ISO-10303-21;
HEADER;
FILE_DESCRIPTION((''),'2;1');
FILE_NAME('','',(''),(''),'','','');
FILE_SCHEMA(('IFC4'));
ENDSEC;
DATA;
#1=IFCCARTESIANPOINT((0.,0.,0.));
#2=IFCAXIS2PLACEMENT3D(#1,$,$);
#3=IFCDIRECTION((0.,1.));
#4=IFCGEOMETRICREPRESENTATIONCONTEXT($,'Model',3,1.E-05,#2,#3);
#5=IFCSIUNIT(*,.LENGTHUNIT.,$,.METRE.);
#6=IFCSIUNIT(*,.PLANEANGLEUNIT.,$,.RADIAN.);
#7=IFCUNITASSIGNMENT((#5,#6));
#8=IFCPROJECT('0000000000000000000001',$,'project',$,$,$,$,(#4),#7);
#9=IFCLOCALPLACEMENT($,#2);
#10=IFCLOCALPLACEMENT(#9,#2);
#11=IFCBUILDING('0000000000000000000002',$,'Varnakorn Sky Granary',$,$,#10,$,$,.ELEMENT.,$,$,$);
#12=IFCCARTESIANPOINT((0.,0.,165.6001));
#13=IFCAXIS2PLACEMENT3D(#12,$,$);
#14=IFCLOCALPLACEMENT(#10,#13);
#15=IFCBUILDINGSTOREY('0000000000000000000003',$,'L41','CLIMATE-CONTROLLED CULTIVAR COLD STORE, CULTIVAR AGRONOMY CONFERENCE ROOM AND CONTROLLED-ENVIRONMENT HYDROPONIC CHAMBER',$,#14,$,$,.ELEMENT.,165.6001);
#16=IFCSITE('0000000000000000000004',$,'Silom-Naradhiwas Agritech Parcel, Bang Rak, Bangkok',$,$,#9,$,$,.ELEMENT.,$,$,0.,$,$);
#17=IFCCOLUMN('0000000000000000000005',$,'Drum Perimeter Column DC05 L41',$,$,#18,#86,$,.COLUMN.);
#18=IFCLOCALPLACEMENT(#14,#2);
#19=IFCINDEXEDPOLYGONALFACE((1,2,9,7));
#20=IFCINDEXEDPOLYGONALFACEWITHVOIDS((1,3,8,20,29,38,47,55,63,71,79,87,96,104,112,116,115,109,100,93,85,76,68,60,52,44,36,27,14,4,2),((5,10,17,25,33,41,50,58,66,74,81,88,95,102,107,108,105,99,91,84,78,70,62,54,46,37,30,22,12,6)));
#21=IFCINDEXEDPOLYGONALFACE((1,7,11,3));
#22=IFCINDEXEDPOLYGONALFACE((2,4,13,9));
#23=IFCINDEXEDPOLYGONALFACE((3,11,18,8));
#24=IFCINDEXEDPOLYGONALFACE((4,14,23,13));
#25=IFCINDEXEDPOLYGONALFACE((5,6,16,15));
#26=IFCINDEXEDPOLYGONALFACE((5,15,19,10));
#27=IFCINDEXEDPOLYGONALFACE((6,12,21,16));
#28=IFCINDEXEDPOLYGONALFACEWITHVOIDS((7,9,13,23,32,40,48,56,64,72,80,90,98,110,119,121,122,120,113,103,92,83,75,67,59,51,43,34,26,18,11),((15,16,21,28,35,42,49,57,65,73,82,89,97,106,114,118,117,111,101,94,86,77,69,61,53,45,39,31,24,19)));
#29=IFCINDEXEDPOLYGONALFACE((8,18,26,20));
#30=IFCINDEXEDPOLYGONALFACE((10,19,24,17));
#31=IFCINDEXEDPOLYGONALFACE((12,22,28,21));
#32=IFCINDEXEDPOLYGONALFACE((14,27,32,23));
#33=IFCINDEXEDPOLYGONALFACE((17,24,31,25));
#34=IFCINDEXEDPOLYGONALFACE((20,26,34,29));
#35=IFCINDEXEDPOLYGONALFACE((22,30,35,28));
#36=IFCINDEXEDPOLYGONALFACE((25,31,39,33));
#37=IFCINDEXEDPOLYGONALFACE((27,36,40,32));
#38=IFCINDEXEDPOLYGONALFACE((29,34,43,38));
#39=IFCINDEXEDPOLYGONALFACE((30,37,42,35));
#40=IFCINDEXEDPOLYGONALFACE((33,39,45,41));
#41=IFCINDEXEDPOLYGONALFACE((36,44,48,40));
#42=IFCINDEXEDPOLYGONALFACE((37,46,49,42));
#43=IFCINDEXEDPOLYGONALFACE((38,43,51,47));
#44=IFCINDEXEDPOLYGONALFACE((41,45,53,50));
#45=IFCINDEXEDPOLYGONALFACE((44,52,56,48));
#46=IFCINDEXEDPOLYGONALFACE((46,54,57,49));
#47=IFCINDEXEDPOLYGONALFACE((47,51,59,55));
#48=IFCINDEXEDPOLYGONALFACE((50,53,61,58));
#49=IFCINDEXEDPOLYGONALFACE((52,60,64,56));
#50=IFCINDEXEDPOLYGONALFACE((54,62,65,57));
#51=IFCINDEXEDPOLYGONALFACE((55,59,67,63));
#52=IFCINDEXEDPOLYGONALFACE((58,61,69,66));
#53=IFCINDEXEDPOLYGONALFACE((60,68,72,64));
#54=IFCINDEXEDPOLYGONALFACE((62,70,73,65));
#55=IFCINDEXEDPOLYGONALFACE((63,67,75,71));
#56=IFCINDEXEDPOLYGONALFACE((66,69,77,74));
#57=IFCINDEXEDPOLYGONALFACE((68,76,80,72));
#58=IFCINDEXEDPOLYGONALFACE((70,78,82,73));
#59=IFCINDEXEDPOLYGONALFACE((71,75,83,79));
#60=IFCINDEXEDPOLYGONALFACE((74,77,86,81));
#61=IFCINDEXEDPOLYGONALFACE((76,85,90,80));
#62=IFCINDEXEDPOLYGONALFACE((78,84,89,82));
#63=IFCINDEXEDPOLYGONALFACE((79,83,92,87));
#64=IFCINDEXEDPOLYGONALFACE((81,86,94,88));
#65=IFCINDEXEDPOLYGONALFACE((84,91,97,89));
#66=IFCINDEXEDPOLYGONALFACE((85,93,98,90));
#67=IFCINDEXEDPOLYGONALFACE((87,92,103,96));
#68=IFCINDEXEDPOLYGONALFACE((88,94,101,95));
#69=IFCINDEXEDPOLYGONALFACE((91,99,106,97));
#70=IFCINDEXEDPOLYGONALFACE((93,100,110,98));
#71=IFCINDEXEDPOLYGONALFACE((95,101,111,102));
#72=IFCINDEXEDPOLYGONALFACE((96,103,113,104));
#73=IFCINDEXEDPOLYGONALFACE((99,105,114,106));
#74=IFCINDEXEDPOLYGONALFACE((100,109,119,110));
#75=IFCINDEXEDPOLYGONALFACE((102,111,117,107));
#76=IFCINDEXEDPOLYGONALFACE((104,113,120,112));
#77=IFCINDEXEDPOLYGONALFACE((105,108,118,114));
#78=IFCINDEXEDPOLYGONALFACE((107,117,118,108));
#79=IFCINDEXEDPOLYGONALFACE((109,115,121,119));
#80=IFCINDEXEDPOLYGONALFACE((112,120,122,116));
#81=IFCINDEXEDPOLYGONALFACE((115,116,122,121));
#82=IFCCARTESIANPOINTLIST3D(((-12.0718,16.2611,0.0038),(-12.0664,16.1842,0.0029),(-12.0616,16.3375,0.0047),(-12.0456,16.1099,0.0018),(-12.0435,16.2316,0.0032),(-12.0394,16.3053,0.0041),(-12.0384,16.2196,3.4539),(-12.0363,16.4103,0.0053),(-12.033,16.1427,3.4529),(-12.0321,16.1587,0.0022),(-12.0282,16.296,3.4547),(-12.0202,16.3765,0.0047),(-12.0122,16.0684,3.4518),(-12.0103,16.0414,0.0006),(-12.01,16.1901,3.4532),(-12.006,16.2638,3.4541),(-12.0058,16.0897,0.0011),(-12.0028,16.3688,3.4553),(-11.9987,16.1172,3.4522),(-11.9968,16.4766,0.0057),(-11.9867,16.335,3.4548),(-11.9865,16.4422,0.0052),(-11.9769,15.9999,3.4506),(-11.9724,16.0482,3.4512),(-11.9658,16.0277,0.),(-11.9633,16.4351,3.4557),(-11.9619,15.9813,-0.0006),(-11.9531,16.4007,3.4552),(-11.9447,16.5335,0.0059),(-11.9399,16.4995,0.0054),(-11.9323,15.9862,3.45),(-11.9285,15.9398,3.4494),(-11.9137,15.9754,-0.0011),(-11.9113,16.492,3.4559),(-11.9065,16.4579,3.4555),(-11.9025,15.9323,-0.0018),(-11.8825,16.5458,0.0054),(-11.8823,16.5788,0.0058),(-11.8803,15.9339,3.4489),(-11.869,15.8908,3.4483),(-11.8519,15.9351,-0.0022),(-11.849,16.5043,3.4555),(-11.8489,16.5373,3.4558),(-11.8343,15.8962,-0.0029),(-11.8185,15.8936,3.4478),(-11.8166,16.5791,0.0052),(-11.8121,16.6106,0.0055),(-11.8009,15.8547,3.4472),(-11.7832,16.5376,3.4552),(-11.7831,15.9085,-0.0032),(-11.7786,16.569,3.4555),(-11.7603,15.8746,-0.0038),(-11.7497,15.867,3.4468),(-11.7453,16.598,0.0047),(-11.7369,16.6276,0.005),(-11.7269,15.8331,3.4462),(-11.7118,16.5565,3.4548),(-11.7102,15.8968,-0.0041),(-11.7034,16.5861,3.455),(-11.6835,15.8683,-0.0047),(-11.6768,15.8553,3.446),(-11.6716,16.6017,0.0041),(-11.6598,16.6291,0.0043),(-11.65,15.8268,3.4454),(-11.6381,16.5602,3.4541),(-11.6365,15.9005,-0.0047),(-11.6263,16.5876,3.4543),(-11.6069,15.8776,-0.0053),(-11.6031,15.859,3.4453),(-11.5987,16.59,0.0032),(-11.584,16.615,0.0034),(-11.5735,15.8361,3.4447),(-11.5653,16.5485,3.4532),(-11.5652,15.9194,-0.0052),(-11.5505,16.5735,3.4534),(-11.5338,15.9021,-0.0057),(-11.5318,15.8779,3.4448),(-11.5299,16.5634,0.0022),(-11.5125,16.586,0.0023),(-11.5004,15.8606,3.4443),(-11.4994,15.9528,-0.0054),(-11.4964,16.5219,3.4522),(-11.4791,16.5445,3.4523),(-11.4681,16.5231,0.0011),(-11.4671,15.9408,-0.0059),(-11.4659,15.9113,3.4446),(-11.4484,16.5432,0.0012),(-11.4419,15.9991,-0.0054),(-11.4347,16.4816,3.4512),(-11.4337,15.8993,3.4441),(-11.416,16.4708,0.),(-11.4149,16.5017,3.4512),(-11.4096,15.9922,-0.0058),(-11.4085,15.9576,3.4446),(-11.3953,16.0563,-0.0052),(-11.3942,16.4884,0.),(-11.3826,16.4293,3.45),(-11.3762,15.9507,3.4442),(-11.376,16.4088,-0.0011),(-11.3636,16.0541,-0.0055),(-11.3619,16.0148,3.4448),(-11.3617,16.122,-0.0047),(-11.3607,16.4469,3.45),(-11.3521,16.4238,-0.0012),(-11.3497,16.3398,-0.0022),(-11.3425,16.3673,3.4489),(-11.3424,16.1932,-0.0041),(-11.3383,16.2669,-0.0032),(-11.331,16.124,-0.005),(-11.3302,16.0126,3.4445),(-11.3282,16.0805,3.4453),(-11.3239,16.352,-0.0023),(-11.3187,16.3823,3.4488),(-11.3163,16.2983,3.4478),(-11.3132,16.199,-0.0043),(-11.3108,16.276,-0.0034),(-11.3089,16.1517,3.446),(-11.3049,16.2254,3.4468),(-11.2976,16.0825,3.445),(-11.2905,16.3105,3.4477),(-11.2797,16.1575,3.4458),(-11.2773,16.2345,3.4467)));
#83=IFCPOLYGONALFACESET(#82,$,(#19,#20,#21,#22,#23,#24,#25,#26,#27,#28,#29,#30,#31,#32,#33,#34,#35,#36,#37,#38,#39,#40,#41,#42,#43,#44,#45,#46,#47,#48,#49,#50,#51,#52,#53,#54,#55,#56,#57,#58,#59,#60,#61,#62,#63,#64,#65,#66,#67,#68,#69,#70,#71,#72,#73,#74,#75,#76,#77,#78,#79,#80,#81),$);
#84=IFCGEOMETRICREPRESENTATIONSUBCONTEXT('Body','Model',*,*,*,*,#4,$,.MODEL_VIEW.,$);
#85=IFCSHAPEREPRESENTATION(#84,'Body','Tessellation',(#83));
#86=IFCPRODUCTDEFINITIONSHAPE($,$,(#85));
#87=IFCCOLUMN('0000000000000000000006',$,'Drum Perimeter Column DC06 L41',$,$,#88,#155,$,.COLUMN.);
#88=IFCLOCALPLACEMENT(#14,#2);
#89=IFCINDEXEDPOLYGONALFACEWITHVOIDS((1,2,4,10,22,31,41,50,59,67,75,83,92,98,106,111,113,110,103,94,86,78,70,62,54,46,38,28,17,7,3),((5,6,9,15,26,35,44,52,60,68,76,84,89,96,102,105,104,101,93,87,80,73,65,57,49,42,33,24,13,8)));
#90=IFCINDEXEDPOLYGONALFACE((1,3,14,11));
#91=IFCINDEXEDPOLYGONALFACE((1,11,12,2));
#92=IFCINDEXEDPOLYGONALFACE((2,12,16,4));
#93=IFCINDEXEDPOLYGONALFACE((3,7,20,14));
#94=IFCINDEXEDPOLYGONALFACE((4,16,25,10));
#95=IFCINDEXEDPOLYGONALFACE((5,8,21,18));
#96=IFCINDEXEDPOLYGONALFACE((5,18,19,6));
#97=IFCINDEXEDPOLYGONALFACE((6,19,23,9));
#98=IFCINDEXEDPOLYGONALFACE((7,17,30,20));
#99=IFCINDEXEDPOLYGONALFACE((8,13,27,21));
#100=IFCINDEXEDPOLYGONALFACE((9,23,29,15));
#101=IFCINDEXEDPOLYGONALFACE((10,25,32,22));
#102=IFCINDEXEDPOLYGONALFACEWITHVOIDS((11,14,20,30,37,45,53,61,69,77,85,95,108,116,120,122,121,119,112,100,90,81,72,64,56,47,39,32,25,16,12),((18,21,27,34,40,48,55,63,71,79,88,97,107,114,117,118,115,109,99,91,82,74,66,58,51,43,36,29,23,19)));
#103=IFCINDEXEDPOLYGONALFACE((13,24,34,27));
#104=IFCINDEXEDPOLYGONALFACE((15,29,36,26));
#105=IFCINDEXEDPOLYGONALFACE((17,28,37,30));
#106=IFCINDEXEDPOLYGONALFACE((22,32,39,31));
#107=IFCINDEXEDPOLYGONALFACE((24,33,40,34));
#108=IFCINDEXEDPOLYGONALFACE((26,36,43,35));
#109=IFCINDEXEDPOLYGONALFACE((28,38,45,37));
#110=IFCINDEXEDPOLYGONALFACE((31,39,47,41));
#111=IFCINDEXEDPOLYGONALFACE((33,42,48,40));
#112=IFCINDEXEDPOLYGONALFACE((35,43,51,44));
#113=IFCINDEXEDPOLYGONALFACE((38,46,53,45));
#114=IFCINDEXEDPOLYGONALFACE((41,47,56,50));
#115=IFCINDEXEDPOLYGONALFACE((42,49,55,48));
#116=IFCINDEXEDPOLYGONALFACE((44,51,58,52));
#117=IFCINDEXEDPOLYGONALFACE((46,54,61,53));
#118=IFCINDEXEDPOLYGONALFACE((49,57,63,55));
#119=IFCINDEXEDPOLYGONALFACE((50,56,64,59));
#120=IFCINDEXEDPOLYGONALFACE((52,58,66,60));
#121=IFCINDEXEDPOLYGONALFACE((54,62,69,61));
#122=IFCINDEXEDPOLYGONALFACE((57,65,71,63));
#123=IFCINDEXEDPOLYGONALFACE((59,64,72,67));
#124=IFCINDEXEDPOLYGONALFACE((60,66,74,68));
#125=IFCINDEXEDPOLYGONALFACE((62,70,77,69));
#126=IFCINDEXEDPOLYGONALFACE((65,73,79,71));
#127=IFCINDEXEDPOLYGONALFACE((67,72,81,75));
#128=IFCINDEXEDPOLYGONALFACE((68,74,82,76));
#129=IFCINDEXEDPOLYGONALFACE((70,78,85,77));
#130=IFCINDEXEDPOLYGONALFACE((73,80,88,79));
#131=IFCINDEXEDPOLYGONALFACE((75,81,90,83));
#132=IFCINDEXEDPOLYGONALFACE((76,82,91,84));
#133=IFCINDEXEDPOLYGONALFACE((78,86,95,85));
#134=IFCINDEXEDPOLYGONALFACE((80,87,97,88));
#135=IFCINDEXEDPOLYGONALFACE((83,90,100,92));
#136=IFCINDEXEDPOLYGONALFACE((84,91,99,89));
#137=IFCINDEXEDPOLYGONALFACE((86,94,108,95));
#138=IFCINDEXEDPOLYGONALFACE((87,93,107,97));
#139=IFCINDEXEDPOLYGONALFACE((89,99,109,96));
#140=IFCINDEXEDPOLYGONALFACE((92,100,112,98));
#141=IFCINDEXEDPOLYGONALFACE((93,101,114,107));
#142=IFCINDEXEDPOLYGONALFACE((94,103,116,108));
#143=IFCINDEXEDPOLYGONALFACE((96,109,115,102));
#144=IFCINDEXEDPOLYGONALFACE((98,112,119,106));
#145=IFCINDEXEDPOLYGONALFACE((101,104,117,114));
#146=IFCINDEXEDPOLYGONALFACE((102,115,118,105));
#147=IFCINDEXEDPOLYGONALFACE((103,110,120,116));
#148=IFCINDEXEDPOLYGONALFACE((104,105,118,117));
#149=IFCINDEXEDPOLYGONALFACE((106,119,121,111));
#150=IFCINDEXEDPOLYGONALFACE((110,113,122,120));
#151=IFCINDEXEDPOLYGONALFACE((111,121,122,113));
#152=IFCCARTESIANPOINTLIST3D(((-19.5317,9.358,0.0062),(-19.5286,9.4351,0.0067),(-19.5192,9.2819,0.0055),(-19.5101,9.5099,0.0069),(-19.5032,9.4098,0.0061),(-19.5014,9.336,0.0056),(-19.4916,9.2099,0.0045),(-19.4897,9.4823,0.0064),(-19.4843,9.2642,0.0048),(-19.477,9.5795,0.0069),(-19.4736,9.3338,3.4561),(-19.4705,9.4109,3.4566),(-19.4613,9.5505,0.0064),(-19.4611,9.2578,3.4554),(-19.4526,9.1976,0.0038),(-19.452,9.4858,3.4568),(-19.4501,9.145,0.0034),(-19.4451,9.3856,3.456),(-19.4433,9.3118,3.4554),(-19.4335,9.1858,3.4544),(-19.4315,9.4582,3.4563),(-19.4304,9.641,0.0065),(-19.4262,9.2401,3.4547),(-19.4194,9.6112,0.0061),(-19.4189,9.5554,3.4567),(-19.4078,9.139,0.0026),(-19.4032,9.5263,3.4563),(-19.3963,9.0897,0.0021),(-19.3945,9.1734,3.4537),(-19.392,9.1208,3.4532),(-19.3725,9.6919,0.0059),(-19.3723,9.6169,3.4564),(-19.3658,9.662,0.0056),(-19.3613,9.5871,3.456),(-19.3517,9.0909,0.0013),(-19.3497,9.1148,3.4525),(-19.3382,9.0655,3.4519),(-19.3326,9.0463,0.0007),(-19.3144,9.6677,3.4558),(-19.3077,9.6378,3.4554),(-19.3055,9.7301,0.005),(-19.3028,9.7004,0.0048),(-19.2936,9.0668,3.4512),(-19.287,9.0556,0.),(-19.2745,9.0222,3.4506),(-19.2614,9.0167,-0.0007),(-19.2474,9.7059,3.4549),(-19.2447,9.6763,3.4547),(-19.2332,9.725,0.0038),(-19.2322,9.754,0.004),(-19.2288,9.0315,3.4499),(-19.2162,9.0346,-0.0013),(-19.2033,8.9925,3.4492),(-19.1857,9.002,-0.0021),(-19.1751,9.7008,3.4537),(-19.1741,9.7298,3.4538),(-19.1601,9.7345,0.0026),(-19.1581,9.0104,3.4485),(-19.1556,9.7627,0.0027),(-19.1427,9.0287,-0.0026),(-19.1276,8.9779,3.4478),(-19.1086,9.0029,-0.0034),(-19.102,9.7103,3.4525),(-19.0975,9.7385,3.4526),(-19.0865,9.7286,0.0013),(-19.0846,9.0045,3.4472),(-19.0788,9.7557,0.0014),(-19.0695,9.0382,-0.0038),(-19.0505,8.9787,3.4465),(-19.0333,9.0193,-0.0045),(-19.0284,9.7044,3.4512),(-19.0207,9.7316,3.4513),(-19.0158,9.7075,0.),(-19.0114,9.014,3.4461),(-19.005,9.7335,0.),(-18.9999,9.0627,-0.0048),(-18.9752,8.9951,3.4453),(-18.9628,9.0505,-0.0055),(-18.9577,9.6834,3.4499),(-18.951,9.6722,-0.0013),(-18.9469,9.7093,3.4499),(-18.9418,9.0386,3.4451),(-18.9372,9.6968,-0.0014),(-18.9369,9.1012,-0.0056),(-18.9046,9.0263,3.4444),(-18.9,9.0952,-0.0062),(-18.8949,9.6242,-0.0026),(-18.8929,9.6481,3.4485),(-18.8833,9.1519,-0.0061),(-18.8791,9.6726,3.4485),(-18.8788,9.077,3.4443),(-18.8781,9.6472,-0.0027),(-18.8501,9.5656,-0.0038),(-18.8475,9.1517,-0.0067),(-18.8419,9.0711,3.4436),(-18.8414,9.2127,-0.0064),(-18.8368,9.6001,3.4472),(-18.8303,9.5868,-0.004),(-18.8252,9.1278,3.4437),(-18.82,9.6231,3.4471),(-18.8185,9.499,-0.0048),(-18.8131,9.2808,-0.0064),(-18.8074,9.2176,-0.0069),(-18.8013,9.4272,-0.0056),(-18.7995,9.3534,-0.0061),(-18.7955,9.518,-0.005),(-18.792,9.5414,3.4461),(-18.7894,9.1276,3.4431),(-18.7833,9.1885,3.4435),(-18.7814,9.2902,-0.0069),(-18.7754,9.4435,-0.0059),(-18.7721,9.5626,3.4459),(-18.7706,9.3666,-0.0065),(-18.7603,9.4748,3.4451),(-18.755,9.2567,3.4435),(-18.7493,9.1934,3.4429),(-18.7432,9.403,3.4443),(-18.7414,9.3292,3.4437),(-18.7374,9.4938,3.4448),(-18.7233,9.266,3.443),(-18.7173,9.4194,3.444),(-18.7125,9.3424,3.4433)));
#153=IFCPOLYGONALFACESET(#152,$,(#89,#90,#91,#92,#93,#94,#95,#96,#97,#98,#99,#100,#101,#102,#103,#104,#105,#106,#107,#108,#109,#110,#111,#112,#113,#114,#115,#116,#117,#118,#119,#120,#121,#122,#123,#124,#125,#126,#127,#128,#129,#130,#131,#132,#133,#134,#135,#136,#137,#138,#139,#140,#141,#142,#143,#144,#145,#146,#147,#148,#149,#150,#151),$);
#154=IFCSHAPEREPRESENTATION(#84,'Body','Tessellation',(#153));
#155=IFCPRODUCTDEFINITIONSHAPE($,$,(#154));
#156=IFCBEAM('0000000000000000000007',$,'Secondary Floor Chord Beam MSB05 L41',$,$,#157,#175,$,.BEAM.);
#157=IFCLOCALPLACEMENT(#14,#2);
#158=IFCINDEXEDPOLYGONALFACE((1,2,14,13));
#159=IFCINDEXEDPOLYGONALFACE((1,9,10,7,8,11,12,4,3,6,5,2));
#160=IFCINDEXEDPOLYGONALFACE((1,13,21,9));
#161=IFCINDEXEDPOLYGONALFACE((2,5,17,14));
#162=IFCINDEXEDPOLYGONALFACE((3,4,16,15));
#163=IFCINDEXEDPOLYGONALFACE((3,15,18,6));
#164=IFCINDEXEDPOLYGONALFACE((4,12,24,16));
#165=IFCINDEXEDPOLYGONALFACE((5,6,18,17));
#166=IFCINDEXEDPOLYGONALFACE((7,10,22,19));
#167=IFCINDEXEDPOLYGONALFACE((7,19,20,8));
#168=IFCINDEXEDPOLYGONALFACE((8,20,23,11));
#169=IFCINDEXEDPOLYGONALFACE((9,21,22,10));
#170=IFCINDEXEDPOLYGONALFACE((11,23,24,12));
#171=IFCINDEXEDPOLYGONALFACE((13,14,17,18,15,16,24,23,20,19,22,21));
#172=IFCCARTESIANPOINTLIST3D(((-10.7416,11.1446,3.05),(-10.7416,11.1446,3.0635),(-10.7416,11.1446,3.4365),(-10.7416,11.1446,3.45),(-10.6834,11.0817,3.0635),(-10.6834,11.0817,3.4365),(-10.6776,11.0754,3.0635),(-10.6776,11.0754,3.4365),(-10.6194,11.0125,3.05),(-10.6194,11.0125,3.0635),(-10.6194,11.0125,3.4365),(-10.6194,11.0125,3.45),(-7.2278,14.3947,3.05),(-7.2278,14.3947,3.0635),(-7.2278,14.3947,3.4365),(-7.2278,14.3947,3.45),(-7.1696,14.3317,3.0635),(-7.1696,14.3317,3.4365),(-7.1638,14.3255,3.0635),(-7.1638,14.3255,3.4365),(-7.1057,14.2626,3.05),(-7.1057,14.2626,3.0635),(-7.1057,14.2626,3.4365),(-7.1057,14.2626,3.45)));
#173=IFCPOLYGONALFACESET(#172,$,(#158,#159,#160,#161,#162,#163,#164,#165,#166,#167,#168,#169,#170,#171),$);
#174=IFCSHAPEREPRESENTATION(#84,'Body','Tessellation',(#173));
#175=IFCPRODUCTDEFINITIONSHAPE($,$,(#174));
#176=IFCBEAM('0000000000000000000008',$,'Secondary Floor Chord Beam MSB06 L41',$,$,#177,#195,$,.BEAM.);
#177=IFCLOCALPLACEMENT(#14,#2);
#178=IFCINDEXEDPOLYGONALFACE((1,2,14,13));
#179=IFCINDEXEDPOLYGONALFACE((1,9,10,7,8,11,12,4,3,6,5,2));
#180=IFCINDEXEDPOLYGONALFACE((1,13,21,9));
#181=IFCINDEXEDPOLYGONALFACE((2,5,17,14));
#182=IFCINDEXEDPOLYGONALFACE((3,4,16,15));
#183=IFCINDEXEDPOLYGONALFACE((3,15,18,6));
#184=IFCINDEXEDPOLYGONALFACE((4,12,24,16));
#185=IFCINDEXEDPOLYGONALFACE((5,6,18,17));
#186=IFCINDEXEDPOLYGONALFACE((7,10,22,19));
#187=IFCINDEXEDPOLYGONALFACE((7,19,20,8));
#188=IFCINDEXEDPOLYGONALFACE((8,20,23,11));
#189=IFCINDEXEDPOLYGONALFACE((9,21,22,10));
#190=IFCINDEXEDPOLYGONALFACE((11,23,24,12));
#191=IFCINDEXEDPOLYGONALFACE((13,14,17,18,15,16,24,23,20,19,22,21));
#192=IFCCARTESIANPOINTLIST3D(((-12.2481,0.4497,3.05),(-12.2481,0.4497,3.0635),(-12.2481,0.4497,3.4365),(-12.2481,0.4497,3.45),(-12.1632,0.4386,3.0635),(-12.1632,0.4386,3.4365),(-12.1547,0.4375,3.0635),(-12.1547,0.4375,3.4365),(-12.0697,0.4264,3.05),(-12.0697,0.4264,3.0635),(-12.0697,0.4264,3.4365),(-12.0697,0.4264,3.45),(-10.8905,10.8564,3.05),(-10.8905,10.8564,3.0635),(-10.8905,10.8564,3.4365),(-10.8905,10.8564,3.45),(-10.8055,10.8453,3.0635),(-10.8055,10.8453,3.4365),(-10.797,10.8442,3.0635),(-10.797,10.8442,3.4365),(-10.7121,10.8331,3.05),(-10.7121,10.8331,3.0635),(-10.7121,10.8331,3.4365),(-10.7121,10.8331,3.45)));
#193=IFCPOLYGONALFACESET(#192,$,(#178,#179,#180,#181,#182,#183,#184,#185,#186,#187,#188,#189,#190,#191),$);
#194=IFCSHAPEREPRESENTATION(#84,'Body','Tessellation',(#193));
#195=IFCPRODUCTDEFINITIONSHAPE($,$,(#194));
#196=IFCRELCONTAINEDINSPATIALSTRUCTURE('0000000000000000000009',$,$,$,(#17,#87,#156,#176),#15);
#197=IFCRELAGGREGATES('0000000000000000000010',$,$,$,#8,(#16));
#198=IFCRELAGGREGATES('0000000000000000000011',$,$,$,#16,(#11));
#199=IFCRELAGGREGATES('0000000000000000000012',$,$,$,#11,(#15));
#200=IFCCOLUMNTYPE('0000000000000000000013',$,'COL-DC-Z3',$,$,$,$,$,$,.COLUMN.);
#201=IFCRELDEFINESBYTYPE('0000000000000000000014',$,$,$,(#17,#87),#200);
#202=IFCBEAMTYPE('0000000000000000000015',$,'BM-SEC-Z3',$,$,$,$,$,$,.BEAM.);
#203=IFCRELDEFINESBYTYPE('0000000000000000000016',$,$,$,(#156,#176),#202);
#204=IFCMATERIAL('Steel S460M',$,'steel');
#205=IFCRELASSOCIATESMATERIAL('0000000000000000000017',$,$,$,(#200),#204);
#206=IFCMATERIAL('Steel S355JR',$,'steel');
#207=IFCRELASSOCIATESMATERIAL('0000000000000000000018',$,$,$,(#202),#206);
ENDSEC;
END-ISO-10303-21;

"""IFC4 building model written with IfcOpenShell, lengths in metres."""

from ifc_helpers import new_model, si_unit, direction, frame, origin, origin_2d, place, context, subcontext, project, spatial, hollow_circle, i_section, extrude, material, material_profile, profile_set, type_object, element, save


model = new_model("IFC4")

# Units and contexts
model_context = context("Model", 3, precision=1e-05, world=origin(), true_north=direction((0.0, 1.0)))
body_context = subcontext(model_context, "Body", "Model", "MODEL_VIEW")
ifc_project = project(units=[si_unit("LENGTHUNIT", "METRE"), si_unit("PLANEANGLEUNIT", "RADIAN")], contexts=[model_context])

# Site, building, storey
site_placement = place(None, origin())
site = spatial("IfcSite", under=ifc_project, at=site_placement, Name="Silom-Naradhiwas Agritech Parcel, Bang Rak, Bangkok", CompositionType="ELEMENT", RefElevation=0.0)
building_placement = place(site_placement, origin())
building = spatial("IfcBuilding", under=site, at=building_placement, Name="Varnakorn Sky Granary", CompositionType="ELEMENT")
storey_placement = place(building_placement, frame((0.0, 0.0, 165.6001)))
storey = spatial("IfcBuildingStorey", under=building, at=storey_placement, Name="L41", Description="CLIMATE-CONTROLLED CULTIVAR COLD STORE, CULTIVAR AGRONOMY CONFERENCE ROOM AND CONTROLLED-ENVIRONMENT HYDROPONIC CHAMBER", CompositionType="ELEMENT", Elevation=165.6001)

# Columns
ifc_material_1 = material(Name="Steel S460M", Category="steel")
ifc_material_profile_1 = material_profile(ifc_material_1, hollow_circle(Radius=0.3811, WallThickness=0.0281, at=origin_2d()), Name="CHS 762x28")
ifc_profile_set_1 = profile_set([ifc_material_profile_1], Name="Steel S460M")
column_type = type_object("IfcColumnType", Name="COL-DC-Z3", PredefinedType="COLUMN", material=ifc_profile_set_1)
for number, where, z_axis, x_axis, name in (
    (1, (-11.6909, 16.2493, 0.0), (0.009694, -0.012029, 0.999881), (0.77863, 0.627484, 0.0), "Drum Perimeter Column DC05 L41"),
    (2, (-19.1514, 9.3816, 0.0), (0.01684, -0.007005, 0.999834), (0.384064, 0.923306, 0.0), "Drum Perimeter Column DC06 L41"),
):
    element("IfcColumn", number, at=place(storey_placement, frame(where, z_axis=z_axis, x_axis=x_axis)), inside=storey, type_object=column_type, Name=name, PredefinedType="COLUMN", context=body_context, shape_type="SweptSolid", body=[
        extrude(hollow_circle(Radius=0.3811, WallThickness=0.0281, at=origin_2d()), origin(), (0.0, 0.0, 1.0), 3.4504),
    ])

# Beams
ifc_material_2 = material(Name="Steel S355JR", Category="steel")
ifc_material_profile_2 = material_profile(ifc_material_2, i_section(OverallWidth=0.1799, OverallDepth=0.3999, WebThickness=0.0085, FlangeThickness=0.0134, at=origin_2d()), Name="IPE 400")
ifc_profile_set_2 = profile_set([ifc_material_profile_2], Name="Steel S355JR")
beam_type_1 = type_object("IfcBeamType", Name="BM-SEC-Z3", PredefinedType="BEAM", material=ifc_profile_set_2)
beam_1_placement = place(storey_placement, frame((-7.1667, 14.3286, 3.25), z_axis=(-0.734115, -0.679025, 0.0), x_axis=(0.679025, -0.734115, 0.0)))
element("IfcBeam", 3, at=beam_1_placement, inside=storey, type_object=beam_type_1, Name="Secondary Floor Chord Beam MSB05 L41", PredefinedType="BEAM", context=body_context, shape_type="SweptSolid", body=[
    extrude(i_section(OverallWidth=0.1799, OverallDepth=0.3999, WebThickness=0.0085, FlangeThickness=0.0134, at=origin_2d()), origin(), (0.0, 0.0, 1.0), 4.7864),
])
beam_2_placement = place(storey_placement, frame((-10.8013, 10.8447, 3.25), z_axis=(-0.129364, -0.991597, 0.0), x_axis=(0.991597, -0.129364, 0.0)))
element("IfcBeam", 4, at=beam_2_placement, inside=storey, type_object=beam_type_1, Name="Secondary Floor Chord Beam MSB06 L41", PredefinedType="BEAM", context=body_context, shape_type="SweptSolid", body=[
    extrude(i_section(OverallWidth=0.1799, OverallDepth=0.3999, WebThickness=0.0085, FlangeThickness=0.0134, at=origin_2d()), origin(), (0.0, 0.0, 1.0), 10.4949),
])

save(model, "model.ifc")
